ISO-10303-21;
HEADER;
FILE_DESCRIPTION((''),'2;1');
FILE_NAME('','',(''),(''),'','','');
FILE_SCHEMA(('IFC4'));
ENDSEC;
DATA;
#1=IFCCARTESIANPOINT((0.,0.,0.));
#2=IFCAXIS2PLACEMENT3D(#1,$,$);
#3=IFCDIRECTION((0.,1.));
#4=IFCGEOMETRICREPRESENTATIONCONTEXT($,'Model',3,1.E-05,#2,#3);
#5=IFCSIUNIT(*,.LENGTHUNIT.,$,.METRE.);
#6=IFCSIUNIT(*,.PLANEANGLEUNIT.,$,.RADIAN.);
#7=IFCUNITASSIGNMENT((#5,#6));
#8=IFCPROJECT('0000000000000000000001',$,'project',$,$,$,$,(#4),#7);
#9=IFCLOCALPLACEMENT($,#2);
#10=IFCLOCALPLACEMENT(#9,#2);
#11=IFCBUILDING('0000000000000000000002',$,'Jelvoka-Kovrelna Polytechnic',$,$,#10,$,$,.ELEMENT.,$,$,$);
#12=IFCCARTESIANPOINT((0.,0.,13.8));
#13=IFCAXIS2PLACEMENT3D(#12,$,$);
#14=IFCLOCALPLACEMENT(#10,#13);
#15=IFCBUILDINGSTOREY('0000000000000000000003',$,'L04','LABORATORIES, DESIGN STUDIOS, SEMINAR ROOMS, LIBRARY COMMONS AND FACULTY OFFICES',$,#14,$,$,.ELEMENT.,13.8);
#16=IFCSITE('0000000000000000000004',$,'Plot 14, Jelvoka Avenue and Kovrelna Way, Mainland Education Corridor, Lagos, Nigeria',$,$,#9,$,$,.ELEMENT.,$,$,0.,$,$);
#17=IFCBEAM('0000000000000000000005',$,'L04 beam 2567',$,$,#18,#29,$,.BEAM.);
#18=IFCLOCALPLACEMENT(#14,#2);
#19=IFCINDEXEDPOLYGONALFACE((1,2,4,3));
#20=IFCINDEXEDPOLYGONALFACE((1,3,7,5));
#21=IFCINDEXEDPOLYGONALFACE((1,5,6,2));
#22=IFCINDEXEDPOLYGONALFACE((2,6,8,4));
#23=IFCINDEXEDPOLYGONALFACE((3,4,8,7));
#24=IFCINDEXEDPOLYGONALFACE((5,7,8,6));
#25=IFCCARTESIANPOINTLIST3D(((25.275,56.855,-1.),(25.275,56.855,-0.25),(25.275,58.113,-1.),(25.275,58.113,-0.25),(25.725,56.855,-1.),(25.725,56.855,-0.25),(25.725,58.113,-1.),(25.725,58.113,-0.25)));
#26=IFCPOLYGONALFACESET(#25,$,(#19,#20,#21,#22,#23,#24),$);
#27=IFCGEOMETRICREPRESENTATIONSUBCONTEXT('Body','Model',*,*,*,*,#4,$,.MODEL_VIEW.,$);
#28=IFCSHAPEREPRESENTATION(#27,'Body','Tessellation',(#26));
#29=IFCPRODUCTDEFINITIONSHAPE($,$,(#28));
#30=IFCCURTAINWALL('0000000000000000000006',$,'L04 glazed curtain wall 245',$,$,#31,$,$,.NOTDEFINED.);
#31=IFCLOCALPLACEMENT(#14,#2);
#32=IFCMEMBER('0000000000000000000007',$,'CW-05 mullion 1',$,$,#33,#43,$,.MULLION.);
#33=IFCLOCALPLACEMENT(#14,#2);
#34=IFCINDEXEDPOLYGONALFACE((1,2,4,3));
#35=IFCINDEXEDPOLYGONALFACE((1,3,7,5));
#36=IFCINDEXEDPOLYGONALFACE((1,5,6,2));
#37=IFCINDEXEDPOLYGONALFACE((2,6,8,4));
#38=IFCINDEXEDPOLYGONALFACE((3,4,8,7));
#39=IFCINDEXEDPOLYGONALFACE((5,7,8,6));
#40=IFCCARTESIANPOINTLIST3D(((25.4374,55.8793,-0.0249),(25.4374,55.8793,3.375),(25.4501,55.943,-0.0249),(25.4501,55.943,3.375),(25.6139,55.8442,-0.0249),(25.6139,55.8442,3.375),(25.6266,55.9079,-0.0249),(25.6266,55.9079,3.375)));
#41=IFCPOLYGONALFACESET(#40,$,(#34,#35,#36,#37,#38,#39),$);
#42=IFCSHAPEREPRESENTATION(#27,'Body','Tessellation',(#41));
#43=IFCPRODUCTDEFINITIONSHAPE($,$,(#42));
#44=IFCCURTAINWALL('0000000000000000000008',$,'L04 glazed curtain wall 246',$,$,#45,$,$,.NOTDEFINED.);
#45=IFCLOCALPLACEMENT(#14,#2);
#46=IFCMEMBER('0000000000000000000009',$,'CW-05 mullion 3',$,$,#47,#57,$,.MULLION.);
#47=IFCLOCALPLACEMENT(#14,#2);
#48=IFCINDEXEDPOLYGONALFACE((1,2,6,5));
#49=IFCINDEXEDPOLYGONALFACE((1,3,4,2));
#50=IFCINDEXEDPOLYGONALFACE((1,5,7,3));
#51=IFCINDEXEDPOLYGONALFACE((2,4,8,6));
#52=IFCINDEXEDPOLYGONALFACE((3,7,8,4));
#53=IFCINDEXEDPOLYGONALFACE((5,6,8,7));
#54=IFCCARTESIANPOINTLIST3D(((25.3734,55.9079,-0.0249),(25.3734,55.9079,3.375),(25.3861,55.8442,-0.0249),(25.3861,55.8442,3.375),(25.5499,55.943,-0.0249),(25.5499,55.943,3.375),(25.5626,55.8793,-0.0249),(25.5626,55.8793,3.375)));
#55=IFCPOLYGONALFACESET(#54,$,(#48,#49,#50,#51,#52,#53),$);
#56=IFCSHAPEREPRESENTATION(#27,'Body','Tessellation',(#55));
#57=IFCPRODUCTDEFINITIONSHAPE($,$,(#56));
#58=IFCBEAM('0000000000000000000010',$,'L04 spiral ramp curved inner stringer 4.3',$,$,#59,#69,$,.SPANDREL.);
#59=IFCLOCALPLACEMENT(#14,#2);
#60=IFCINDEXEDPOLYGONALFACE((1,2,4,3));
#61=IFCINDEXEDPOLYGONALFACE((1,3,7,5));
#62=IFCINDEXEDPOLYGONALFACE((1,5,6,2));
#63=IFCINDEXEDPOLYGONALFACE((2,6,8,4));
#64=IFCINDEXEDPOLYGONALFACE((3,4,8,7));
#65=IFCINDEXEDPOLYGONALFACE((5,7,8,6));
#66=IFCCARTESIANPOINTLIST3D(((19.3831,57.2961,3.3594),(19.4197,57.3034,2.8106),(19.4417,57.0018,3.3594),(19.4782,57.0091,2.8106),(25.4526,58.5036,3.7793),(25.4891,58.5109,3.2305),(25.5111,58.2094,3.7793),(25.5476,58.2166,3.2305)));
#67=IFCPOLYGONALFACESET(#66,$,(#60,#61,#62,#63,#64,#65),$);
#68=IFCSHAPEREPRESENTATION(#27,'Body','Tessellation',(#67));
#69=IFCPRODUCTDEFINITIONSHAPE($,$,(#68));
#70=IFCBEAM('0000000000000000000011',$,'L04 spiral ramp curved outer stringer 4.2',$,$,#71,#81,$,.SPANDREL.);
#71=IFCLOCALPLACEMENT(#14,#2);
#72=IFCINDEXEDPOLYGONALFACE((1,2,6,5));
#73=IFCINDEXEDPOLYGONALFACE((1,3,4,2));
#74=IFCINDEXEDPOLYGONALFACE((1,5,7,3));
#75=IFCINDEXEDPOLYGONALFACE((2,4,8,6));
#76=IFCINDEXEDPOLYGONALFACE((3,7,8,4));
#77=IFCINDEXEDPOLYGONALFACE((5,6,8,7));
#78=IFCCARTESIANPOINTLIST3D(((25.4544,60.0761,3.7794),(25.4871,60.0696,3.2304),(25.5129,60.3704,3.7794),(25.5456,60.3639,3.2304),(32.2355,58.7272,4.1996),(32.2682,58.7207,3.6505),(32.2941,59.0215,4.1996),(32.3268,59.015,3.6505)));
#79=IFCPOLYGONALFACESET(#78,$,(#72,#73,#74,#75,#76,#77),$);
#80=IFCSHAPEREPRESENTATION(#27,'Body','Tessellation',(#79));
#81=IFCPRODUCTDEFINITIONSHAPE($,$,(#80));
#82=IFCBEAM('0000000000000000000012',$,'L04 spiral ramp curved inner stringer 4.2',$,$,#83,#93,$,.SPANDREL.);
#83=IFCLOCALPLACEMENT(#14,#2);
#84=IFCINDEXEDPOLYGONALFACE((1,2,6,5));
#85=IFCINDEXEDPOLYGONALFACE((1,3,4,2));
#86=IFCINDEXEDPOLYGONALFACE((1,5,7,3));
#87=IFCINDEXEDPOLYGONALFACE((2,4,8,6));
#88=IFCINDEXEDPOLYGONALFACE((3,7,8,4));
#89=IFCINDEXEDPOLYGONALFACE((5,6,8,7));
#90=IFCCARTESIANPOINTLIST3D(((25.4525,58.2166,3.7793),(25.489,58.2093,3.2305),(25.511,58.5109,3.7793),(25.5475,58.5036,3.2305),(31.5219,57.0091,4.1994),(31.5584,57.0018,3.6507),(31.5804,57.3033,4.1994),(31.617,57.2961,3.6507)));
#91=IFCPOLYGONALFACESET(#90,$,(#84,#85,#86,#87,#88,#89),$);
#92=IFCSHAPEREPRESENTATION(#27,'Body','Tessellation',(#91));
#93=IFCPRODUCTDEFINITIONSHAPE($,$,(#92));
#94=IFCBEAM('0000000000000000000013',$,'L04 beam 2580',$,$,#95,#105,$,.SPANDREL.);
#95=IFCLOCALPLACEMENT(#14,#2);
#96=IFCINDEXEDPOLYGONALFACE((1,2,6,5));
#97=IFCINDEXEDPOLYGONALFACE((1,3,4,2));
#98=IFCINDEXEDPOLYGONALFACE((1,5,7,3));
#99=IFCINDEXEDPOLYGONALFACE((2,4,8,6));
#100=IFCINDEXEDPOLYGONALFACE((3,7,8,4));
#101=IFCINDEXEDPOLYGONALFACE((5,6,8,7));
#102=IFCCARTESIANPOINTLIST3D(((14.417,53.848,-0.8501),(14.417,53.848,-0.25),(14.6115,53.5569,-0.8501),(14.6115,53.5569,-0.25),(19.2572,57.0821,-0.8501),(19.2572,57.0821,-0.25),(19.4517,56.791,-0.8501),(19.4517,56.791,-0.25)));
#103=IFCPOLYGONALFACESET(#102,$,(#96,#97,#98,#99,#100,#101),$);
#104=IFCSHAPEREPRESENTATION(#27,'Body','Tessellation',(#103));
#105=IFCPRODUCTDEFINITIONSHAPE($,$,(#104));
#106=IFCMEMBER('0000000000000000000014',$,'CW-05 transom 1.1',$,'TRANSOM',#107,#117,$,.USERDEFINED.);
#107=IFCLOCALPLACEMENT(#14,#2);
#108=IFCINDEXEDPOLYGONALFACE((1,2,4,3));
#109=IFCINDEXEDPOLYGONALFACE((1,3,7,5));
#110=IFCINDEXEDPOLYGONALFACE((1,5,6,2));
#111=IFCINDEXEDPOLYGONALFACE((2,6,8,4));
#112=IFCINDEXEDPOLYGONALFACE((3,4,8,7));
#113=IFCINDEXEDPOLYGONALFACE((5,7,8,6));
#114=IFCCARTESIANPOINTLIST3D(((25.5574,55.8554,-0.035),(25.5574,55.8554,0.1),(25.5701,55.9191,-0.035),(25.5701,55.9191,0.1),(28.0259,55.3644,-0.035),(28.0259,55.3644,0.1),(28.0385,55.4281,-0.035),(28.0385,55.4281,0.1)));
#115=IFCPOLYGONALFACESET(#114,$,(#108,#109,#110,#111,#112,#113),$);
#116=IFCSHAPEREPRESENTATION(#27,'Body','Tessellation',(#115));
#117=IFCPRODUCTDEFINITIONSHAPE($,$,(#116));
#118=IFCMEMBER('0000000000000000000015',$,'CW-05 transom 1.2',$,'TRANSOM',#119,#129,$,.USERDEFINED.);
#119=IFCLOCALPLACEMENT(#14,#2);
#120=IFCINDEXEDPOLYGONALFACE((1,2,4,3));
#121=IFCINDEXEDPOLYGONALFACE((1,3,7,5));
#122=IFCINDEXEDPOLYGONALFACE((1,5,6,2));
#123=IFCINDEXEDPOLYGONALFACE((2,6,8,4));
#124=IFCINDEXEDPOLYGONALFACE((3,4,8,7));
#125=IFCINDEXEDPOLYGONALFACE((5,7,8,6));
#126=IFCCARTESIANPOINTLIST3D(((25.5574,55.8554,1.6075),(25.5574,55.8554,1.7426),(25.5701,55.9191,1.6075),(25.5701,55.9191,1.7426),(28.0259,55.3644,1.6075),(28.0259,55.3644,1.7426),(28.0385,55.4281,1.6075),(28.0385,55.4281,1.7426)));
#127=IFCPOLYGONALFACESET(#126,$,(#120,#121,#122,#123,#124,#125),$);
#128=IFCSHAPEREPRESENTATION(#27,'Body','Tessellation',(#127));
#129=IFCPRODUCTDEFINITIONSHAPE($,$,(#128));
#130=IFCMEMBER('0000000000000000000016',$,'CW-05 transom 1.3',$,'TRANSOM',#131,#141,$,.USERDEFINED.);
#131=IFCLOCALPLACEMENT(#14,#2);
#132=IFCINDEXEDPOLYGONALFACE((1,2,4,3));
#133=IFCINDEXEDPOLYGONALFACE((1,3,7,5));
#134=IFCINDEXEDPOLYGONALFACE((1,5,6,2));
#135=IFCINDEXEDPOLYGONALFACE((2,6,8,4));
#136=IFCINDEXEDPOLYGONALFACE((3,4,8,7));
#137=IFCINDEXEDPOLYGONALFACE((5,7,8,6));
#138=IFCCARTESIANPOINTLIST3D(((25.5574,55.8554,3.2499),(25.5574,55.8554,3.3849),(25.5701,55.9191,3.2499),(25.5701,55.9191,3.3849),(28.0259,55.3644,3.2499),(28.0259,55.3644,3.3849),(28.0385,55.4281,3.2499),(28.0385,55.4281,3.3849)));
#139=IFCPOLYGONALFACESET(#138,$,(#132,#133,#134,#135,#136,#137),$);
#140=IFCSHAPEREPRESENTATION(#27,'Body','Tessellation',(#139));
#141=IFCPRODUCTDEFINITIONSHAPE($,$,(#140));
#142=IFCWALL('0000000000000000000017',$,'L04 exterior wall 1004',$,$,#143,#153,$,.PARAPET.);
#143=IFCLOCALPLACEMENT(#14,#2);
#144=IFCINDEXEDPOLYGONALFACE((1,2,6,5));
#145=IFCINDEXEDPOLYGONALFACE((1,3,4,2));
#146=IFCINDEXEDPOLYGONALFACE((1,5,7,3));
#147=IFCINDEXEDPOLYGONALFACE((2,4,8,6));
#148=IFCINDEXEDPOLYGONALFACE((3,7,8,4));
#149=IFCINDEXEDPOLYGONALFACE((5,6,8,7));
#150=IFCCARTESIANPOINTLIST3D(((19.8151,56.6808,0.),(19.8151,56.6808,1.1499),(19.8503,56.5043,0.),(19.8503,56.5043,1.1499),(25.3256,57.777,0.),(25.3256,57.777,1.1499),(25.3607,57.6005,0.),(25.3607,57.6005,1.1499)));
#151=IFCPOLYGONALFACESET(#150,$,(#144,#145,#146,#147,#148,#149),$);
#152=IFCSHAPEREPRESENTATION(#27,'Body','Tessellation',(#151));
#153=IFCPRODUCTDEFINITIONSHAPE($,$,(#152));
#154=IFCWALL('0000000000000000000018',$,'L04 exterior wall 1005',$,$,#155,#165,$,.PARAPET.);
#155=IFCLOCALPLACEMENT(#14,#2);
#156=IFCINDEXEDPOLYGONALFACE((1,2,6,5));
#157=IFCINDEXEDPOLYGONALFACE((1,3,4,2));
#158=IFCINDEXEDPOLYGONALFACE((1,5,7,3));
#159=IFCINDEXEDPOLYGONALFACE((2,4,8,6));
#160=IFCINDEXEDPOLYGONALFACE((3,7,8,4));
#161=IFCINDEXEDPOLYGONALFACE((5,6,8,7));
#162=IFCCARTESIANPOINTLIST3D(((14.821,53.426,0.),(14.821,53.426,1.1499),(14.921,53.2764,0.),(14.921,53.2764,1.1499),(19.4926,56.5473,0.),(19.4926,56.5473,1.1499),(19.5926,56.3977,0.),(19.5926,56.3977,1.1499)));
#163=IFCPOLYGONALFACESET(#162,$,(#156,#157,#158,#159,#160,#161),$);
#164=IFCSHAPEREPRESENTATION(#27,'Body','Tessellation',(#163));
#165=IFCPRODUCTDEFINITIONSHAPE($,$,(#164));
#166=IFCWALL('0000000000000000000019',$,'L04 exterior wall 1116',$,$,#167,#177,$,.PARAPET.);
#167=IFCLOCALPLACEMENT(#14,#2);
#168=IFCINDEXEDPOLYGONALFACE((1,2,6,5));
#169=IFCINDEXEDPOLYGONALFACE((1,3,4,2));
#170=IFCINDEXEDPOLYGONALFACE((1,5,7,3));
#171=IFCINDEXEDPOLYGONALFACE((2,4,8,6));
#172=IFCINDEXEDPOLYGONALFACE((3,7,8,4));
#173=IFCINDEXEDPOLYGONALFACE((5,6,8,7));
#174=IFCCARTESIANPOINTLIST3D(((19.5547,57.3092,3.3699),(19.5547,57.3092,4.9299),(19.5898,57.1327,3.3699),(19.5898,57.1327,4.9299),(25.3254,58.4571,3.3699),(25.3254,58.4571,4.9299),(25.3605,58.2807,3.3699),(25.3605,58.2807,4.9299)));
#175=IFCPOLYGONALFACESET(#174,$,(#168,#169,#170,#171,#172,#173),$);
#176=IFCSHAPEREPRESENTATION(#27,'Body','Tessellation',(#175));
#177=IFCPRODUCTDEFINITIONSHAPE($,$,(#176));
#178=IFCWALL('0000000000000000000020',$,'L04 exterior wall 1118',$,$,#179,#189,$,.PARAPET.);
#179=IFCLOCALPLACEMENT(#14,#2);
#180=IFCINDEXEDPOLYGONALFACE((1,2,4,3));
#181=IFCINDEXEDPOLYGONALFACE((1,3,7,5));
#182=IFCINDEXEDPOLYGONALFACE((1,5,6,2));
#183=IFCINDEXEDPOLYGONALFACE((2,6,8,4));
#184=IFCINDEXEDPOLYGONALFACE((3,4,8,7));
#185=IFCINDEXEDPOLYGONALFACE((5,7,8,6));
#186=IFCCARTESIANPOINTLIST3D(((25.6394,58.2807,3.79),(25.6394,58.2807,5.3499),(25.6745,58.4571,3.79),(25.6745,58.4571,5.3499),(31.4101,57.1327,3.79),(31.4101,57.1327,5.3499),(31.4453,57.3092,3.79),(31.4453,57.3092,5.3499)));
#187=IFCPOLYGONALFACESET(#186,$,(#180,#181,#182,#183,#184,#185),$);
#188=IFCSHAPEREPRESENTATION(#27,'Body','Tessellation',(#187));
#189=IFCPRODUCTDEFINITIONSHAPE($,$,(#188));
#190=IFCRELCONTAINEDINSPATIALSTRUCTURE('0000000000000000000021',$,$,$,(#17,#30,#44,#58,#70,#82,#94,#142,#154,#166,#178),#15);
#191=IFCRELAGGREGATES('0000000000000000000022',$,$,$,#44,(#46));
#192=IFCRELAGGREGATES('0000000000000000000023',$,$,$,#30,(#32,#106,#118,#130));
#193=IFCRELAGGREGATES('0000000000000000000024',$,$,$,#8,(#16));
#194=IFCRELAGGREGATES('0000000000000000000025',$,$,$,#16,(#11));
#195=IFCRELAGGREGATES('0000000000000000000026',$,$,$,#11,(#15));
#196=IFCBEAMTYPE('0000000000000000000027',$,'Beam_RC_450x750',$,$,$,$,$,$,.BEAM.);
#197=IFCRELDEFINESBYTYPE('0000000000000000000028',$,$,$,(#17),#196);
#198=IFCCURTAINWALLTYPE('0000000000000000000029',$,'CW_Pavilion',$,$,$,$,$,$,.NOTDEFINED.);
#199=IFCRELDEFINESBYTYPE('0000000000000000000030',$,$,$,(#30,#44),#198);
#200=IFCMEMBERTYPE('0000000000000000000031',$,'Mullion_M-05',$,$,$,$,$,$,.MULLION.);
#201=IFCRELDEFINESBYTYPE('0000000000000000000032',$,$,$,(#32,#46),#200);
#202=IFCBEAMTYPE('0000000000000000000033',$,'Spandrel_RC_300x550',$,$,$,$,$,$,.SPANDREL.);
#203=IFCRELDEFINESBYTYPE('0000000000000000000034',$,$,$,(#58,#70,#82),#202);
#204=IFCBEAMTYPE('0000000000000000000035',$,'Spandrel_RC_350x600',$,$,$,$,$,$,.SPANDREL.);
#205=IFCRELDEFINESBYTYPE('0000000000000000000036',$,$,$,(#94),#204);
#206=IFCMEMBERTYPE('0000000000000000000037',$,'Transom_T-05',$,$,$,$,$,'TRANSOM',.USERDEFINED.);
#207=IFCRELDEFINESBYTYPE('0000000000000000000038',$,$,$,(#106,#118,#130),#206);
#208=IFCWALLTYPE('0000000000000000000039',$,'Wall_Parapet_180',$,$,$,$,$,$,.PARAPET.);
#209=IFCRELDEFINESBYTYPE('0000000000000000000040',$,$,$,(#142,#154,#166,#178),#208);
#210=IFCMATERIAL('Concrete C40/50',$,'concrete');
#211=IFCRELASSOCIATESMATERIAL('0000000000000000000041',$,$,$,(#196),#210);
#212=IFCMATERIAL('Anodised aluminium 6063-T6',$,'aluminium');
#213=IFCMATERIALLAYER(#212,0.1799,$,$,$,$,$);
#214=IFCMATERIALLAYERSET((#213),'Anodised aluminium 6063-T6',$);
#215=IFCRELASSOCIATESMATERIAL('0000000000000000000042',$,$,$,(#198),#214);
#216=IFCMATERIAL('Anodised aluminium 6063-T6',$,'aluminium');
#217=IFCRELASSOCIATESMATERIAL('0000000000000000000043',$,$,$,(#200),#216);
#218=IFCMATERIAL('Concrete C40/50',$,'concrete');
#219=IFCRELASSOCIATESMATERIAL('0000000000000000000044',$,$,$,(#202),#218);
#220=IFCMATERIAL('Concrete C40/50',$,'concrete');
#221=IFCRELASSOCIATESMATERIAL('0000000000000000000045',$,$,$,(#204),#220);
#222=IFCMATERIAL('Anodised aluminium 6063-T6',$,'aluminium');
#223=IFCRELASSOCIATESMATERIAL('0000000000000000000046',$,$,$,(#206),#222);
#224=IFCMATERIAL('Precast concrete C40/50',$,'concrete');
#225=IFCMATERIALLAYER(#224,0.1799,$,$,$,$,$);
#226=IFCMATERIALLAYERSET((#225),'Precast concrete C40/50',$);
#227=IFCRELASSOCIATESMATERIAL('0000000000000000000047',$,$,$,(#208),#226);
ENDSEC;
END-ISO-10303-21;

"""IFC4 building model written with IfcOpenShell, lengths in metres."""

from ifc_helpers import new_model, si_unit, direction, frame, frame_2d, origin, origin_2d, place, context, subcontext, project, spatial, rectangle, extrude, material, layer, layer_set, material_profile, profile_set, type_object, element, aggregate, save


model = new_model("IFC4")

# Units and contexts
model_context = context("Model", 3, precision=1e-05, world=origin(), true_north=direction((0.0, 1.0)))
body_context = subcontext(model_context, "Body", "Model", "MODEL_VIEW")
ifc_project = project(units=[si_unit("LENGTHUNIT", "METRE"), si_unit("PLANEANGLEUNIT", "RADIAN")], contexts=[model_context])

# Site, building, storey
site_placement = place(None, origin())
site = spatial("IfcSite", under=ifc_project, at=site_placement, Name="Plot 14, Jelvoka Avenue and Kovrelna Way, Mainland Education Corridor, Lagos, Nigeria", CompositionType="ELEMENT", RefElevation=0.0)
building_placement = place(site_placement, origin())
building = spatial("IfcBuilding", under=site, at=building_placement, Name="Jelvoka-Kovrelna Polytechnic", CompositionType="ELEMENT")
storey_placement = place(building_placement, frame((0.0, 0.0, 13.8)))
storey = spatial("IfcBuildingStorey", under=building, at=storey_placement, Name="L04", Description="LABORATORIES, DESIGN STUDIOS, SEMINAR ROOMS, LIBRARY COMMONS AND FACULTY OFFICES", CompositionType="ELEMENT", Elevation=13.8)

# Beam
ifc_material_1 = material(Name="Concrete C40/50", Category="concrete")
ifc_material_profile_1 = material_profile(ifc_material_1, rectangle(XDim=0.45, YDim=0.75, at=origin_2d()), Name="RC 450x750")
ifc_profile_set_1 = profile_set([ifc_material_profile_1], Name="Concrete C40/50")
beam_type_1 = type_object("IfcBeamType", Name="Beam_RC_450x750", PredefinedType="BEAM", material=ifc_profile_set_1)
beam_1_placement = place(storey_placement, frame((25.5, 56.855, -0.625), z_axis=(0.0, 1.0, 0.0), x_axis=(-1.0, 0.0, 0.0)))
element("IfcBeam", 1, at=beam_1_placement, inside=storey, type_object=beam_type_1, Name="L04 beam 2567", PredefinedType="BEAM", context=body_context, shape_type="SweptSolid", body=[
    extrude(rectangle(XDim=0.45, YDim=0.75, at=origin_2d()), origin(), (0.0, 0.0, 1.0), 1.2581),
])

# Curtain walls, members
ifc_material_2 = material(Name="Anodised aluminium 6063-T6", Category="aluminium")
ifc_layer_1 = layer(ifc_material_2, 0.1799)
ifc_layer_set_1 = layer_set([ifc_layer_1], Name="Anodised aluminium 6063-T6")
curtain_wall_type = type_object("IfcCurtainWallType", Name="CW_Pavilion", PredefinedType="NOTDEFINED", material=ifc_layer_set_1)
curtain_wall_1_placement = place(storey_placement, origin())
curtain_wall_1 = element("IfcCurtainWall", 2, at=curtain_wall_1_placement, inside=storey, type_object=curtain_wall_type, Name="L04 glazed curtain wall 245", PredefinedType="NOTDEFINED")
ifc_material_3 = material(Name="Anodised aluminium 6063-T6", Category="aluminium")
ifc_material_profile_2 = material_profile(ifc_material_3, rectangle(XDim=0.0649, YDim=0.1799, at=origin_2d()), Name="ALU 65x180")
ifc_profile_set_2 = profile_set([ifc_material_profile_2], Name="Anodised aluminium 6063-T6")
member_type_1 = type_object("IfcMemberType", Name="Mullion_M-05", PredefinedType="MULLION", material=ifc_profile_set_2)
member_1_placement = place(storey_placement, frame((25.532, 55.8936, -0.0249), z_axis=(0.0, 0.0, 1.0), x_axis=(0.195086, 0.980786, 0.0)))
member_1 = element("IfcMember", 3, at=member_1_placement, type_object=member_type_1, Name="CW-05 mullion 1", PredefinedType="MULLION", context=body_context, shape_type="SweptSolid", body=[
    extrude(rectangle(XDim=0.0649, YDim=0.1799, at=origin_2d()), origin(), (0.0, 0.0, 1.0), 3.3999),
])
curtain_wall_2_placement = place(storey_placement, origin())
curtain_wall_2 = element("IfcCurtainWall", 4, at=curtain_wall_2_placement, inside=storey, type_object=curtain_wall_type, Name="L04 glazed curtain wall 246", PredefinedType="NOTDEFINED")
member_2_placement = place(storey_placement, frame((25.468, 55.8936, -0.0249), z_axis=(0.0, 0.0, 1.0), x_axis=(-0.195086, 0.980786, 0.0)))
member_2 = element("IfcMember", 5, at=member_2_placement, type_object=member_type_1, Name="CW-05 mullion 3", PredefinedType="MULLION", context=body_context, shape_type="SweptSolid", body=[
    extrude(rectangle(XDim=0.0649, YDim=0.1799, at=origin_2d()), origin(), (0.0, 0.0, 1.0), 3.3999),
])
aggregate(curtain_wall_2, [member_2])

# Beams
ifc_material_4 = material(Name="Concrete C40/50", Category="concrete")
ifc_material_profile_3 = material_profile(ifc_material_4, rectangle(XDim=0.3, YDim=0.55, at=origin_2d()), Name="RC 300x550")
ifc_profile_set_3 = profile_set([ifc_material_profile_3], Name="Concrete C40/50")
beam_type_2 = type_object("IfcBeamType", Name="Spandrel_RC_300x550", PredefinedType="SPANDREL", material=ifc_profile_set_3)
beam_2_placement = place(storey_placement, frame((19.4307, 57.1526, 3.085), z_axis=(0.978527, 0.194682, 0.067702), x_axis=(-0.19513, 0.980777, 0.0)))
element("IfcBeam", 6, at=beam_2_placement, inside=storey, type_object=beam_type_2, Name="L04 spiral ramp curved inner stringer 4.3", PredefinedType="SPANDREL", context=body_context, shape_type="SweptSolid", body=[
    extrude(rectangle(XDim=0.3, YDim=0.55, at=origin_2d()), origin(), (0.0, 0.0, 1.0), 6.2026),
])
beam_3_placement = place(storey_placement, frame((25.5, 60.22, 3.5049), z_axis=(0.978979, -0.194731, 0.060658), x_axis=(0.195091, 0.980785, 0.0)))
element("IfcBeam", 7, at=beam_3_placement, inside=storey, type_object=beam_type_2, Name="L04 spiral ramp curved outer stringer 4.2", PredefinedType="SPANDREL", context=body_context, shape_type="SweptSolid", body=[
    extrude(rectangle(XDim=0.3, YDim=0.55, at=origin_2d()), origin(), (0.0, 0.0, 1.0), 6.9268),
])
beam_4_placement = place(storey_placement, frame((25.5, 58.3601, 3.5049), z_axis=(0.978525, -0.194682, 0.067741), x_axis=(0.19513, 0.980777, 0.0)))
element("IfcBeam", 8, at=beam_4_placement, inside=storey, type_object=beam_type_2, Name="L04 spiral ramp curved inner stringer 4.2", PredefinedType="SPANDREL", context=body_context, shape_type="SweptSolid", body=[
    extrude(rectangle(XDim=0.3, YDim=0.55, at=origin_2d()), origin(), (0.0, 0.0, 1.0), 6.2026),
])
ifc_material_5 = material(Name="Concrete C40/50", Category="concrete")
ifc_material_profile_4 = material_profile(ifc_material_5, rectangle(XDim=0.3501, YDim=0.6001, at=origin_2d()), Name="RC 350x600")
ifc_profile_set_4 = profile_set([ifc_material_profile_4], Name="Concrete C40/50")
beam_type_3 = type_object("IfcBeamType", Name="Spandrel_RC_350x600", PredefinedType="SPANDREL", material=ifc_profile_set_4)
beam_5_placement = place(storey_placement, frame((19.3545, 56.9365, -0.55), z_axis=(-0.831476, -0.555561, 0.0), x_axis=(0.555561, -0.831476, 0.0)))
element("IfcBeam", 9, at=beam_5_placement, inside=storey, type_object=beam_type_3, Name="L04 beam 2580", PredefinedType="SPANDREL", context=body_context, shape_type="SweptSolid", body=[
    extrude(rectangle(XDim=0.3501, YDim=0.6001, at=origin_2d()), origin(), (0.0, 0.0, 1.0), 5.8213),
])

# Members
ifc_material_6 = material(Name="Anodised aluminium 6063-T6", Category="aluminium")
ifc_material_profile_5 = material_profile(ifc_material_6, rectangle(XDim=0.0649, YDim=0.135, at=origin_2d()), Name="ALU 65x135")
ifc_profile_set_5 = profile_set([ifc_material_profile_5], Name="Anodised aluminium 6063-T6")
member_type_2 = type_object("IfcMemberType", Name="Transom_T-05", ElementType="TRANSOM", PredefinedType="USERDEFINED", material=ifc_profile_set_5)
member_3_placement = place(storey_placement, frame((25.5637, 55.8872, 0.0325), z_axis=(0.980789, -0.195071, 0.0), x_axis=(0.195071, 0.980789, 0.0)))
member_3 = element("IfcMember", 10, at=member_3_placement, type_object=member_type_2, Name="CW-05 transom 1.1", ObjectType="TRANSOM", PredefinedType="USERDEFINED", context=body_context, shape_type="SweptSolid", body=[
    extrude(rectangle(XDim=0.0649, YDim=0.135, at=origin_2d()), origin(), (0.0, 0.0, 1.0), 2.5168),
])
member_4_placement = place(storey_placement, frame((25.5637, 55.8872, 1.675), z_axis=(0.980789, -0.195071, 0.0), x_axis=(0.195071, 0.980789, 0.0)))
member_4 = element("IfcMember", 11, at=member_4_placement, type_object=member_type_2, Name="CW-05 transom 1.2", ObjectType="TRANSOM", PredefinedType="USERDEFINED", context=body_context, shape_type="SweptSolid", body=[
    extrude(rectangle(XDim=0.0649, YDim=0.135, at=origin_2d()), origin(), (0.0, 0.0, 1.0), 2.5168),
])
member_5_placement = place(storey_placement, frame((25.5637, 55.8872, 3.3174), z_axis=(0.980789, -0.195071, 0.0), x_axis=(0.195071, 0.980789, 0.0)))
member_5 = element("IfcMember", 12, at=member_5_placement, type_object=member_type_2, Name="CW-05 transom 1.3", ObjectType="TRANSOM", PredefinedType="USERDEFINED", context=body_context, shape_type="SweptSolid", body=[
    extrude(rectangle(XDim=0.0649, YDim=0.135, at=origin_2d()), origin(), (0.0, 0.0, 1.0), 2.5168),
])
aggregate(curtain_wall_1, [member_1, member_3, member_4, member_5])

# Walls
ifc_material_7 = material(Name="Precast concrete C40/50", Category="concrete")
ifc_layer_2 = layer(ifc_material_7, 0.1799)
ifc_layer_set_2 = layer_set([ifc_layer_2], Name="Precast concrete C40/50")
wall_type_1 = type_object("IfcWallType", Name="Wall_Parapet_180", PredefinedType="PARAPET", material=ifc_layer_set_2)
for number, where, z_axis, x_axis, name in (
    (13, (25.343, 57.6887, 0.0), (0.0, 0.0, 1.0), (-0.980782, -0.195105, 0.0), "L04 exterior wall 1004"),
    (14, (19.5425, 56.4724, 0.0), (0.0, 0.0, 1.0), (-0.831482, -0.555552, 0.0), "L04 exterior wall 1005"),
):
    element("IfcWall", number, at=place(storey_placement, frame(where, z_axis=z_axis, x_axis=x_axis)), inside=storey, type_object=wall_type_1, Name=name, PredefinedType="PARAPET", context=body_context, shape_type="SweptSolid", body=[
        extrude(rectangle(XDim=5.6184, YDim=0.1799, at=frame_2d((2.8091, 0.0))), origin(), (0.0, 0.0, 1.0), 1.1499),
    ])
wall_1_placement = place(storey_placement, frame((19.5723, 57.2209, 3.3699), z_axis=(0.0, 0.0, 1.0), x_axis=(0.980783, 0.195103, 0.0)))
element("IfcWall", 15, at=wall_1_placement, inside=storey, type_object=wall_type_1, Name="L04 exterior wall 1116", PredefinedType="PARAPET", context=body_context, shape_type="SweptSolid", body=[
    extrude(rectangle(XDim=5.8838, YDim=0.1799, at=frame_2d((2.9419, 0.0))), origin(), (0.0, 0.0, 1.0), 1.5601),
])
wall_2_placement = place(storey_placement, frame((25.657, 58.3689, 3.79), z_axis=(0.0, 0.0, 1.0), x_axis=(0.980783, -0.195103, 0.0)))
element("IfcWall", 16, at=wall_2_placement, inside=storey, type_object=wall_type_1, Name="L04 exterior wall 1118", PredefinedType="PARAPET", context=body_context, shape_type="SweptSolid", body=[
    extrude(rectangle(XDim=5.8838, YDim=0.1799, at=frame_2d((2.9419, 0.0))), origin(), (0.0, 0.0, 1.0), 1.5598),
])

save(model, "model.ifc")
